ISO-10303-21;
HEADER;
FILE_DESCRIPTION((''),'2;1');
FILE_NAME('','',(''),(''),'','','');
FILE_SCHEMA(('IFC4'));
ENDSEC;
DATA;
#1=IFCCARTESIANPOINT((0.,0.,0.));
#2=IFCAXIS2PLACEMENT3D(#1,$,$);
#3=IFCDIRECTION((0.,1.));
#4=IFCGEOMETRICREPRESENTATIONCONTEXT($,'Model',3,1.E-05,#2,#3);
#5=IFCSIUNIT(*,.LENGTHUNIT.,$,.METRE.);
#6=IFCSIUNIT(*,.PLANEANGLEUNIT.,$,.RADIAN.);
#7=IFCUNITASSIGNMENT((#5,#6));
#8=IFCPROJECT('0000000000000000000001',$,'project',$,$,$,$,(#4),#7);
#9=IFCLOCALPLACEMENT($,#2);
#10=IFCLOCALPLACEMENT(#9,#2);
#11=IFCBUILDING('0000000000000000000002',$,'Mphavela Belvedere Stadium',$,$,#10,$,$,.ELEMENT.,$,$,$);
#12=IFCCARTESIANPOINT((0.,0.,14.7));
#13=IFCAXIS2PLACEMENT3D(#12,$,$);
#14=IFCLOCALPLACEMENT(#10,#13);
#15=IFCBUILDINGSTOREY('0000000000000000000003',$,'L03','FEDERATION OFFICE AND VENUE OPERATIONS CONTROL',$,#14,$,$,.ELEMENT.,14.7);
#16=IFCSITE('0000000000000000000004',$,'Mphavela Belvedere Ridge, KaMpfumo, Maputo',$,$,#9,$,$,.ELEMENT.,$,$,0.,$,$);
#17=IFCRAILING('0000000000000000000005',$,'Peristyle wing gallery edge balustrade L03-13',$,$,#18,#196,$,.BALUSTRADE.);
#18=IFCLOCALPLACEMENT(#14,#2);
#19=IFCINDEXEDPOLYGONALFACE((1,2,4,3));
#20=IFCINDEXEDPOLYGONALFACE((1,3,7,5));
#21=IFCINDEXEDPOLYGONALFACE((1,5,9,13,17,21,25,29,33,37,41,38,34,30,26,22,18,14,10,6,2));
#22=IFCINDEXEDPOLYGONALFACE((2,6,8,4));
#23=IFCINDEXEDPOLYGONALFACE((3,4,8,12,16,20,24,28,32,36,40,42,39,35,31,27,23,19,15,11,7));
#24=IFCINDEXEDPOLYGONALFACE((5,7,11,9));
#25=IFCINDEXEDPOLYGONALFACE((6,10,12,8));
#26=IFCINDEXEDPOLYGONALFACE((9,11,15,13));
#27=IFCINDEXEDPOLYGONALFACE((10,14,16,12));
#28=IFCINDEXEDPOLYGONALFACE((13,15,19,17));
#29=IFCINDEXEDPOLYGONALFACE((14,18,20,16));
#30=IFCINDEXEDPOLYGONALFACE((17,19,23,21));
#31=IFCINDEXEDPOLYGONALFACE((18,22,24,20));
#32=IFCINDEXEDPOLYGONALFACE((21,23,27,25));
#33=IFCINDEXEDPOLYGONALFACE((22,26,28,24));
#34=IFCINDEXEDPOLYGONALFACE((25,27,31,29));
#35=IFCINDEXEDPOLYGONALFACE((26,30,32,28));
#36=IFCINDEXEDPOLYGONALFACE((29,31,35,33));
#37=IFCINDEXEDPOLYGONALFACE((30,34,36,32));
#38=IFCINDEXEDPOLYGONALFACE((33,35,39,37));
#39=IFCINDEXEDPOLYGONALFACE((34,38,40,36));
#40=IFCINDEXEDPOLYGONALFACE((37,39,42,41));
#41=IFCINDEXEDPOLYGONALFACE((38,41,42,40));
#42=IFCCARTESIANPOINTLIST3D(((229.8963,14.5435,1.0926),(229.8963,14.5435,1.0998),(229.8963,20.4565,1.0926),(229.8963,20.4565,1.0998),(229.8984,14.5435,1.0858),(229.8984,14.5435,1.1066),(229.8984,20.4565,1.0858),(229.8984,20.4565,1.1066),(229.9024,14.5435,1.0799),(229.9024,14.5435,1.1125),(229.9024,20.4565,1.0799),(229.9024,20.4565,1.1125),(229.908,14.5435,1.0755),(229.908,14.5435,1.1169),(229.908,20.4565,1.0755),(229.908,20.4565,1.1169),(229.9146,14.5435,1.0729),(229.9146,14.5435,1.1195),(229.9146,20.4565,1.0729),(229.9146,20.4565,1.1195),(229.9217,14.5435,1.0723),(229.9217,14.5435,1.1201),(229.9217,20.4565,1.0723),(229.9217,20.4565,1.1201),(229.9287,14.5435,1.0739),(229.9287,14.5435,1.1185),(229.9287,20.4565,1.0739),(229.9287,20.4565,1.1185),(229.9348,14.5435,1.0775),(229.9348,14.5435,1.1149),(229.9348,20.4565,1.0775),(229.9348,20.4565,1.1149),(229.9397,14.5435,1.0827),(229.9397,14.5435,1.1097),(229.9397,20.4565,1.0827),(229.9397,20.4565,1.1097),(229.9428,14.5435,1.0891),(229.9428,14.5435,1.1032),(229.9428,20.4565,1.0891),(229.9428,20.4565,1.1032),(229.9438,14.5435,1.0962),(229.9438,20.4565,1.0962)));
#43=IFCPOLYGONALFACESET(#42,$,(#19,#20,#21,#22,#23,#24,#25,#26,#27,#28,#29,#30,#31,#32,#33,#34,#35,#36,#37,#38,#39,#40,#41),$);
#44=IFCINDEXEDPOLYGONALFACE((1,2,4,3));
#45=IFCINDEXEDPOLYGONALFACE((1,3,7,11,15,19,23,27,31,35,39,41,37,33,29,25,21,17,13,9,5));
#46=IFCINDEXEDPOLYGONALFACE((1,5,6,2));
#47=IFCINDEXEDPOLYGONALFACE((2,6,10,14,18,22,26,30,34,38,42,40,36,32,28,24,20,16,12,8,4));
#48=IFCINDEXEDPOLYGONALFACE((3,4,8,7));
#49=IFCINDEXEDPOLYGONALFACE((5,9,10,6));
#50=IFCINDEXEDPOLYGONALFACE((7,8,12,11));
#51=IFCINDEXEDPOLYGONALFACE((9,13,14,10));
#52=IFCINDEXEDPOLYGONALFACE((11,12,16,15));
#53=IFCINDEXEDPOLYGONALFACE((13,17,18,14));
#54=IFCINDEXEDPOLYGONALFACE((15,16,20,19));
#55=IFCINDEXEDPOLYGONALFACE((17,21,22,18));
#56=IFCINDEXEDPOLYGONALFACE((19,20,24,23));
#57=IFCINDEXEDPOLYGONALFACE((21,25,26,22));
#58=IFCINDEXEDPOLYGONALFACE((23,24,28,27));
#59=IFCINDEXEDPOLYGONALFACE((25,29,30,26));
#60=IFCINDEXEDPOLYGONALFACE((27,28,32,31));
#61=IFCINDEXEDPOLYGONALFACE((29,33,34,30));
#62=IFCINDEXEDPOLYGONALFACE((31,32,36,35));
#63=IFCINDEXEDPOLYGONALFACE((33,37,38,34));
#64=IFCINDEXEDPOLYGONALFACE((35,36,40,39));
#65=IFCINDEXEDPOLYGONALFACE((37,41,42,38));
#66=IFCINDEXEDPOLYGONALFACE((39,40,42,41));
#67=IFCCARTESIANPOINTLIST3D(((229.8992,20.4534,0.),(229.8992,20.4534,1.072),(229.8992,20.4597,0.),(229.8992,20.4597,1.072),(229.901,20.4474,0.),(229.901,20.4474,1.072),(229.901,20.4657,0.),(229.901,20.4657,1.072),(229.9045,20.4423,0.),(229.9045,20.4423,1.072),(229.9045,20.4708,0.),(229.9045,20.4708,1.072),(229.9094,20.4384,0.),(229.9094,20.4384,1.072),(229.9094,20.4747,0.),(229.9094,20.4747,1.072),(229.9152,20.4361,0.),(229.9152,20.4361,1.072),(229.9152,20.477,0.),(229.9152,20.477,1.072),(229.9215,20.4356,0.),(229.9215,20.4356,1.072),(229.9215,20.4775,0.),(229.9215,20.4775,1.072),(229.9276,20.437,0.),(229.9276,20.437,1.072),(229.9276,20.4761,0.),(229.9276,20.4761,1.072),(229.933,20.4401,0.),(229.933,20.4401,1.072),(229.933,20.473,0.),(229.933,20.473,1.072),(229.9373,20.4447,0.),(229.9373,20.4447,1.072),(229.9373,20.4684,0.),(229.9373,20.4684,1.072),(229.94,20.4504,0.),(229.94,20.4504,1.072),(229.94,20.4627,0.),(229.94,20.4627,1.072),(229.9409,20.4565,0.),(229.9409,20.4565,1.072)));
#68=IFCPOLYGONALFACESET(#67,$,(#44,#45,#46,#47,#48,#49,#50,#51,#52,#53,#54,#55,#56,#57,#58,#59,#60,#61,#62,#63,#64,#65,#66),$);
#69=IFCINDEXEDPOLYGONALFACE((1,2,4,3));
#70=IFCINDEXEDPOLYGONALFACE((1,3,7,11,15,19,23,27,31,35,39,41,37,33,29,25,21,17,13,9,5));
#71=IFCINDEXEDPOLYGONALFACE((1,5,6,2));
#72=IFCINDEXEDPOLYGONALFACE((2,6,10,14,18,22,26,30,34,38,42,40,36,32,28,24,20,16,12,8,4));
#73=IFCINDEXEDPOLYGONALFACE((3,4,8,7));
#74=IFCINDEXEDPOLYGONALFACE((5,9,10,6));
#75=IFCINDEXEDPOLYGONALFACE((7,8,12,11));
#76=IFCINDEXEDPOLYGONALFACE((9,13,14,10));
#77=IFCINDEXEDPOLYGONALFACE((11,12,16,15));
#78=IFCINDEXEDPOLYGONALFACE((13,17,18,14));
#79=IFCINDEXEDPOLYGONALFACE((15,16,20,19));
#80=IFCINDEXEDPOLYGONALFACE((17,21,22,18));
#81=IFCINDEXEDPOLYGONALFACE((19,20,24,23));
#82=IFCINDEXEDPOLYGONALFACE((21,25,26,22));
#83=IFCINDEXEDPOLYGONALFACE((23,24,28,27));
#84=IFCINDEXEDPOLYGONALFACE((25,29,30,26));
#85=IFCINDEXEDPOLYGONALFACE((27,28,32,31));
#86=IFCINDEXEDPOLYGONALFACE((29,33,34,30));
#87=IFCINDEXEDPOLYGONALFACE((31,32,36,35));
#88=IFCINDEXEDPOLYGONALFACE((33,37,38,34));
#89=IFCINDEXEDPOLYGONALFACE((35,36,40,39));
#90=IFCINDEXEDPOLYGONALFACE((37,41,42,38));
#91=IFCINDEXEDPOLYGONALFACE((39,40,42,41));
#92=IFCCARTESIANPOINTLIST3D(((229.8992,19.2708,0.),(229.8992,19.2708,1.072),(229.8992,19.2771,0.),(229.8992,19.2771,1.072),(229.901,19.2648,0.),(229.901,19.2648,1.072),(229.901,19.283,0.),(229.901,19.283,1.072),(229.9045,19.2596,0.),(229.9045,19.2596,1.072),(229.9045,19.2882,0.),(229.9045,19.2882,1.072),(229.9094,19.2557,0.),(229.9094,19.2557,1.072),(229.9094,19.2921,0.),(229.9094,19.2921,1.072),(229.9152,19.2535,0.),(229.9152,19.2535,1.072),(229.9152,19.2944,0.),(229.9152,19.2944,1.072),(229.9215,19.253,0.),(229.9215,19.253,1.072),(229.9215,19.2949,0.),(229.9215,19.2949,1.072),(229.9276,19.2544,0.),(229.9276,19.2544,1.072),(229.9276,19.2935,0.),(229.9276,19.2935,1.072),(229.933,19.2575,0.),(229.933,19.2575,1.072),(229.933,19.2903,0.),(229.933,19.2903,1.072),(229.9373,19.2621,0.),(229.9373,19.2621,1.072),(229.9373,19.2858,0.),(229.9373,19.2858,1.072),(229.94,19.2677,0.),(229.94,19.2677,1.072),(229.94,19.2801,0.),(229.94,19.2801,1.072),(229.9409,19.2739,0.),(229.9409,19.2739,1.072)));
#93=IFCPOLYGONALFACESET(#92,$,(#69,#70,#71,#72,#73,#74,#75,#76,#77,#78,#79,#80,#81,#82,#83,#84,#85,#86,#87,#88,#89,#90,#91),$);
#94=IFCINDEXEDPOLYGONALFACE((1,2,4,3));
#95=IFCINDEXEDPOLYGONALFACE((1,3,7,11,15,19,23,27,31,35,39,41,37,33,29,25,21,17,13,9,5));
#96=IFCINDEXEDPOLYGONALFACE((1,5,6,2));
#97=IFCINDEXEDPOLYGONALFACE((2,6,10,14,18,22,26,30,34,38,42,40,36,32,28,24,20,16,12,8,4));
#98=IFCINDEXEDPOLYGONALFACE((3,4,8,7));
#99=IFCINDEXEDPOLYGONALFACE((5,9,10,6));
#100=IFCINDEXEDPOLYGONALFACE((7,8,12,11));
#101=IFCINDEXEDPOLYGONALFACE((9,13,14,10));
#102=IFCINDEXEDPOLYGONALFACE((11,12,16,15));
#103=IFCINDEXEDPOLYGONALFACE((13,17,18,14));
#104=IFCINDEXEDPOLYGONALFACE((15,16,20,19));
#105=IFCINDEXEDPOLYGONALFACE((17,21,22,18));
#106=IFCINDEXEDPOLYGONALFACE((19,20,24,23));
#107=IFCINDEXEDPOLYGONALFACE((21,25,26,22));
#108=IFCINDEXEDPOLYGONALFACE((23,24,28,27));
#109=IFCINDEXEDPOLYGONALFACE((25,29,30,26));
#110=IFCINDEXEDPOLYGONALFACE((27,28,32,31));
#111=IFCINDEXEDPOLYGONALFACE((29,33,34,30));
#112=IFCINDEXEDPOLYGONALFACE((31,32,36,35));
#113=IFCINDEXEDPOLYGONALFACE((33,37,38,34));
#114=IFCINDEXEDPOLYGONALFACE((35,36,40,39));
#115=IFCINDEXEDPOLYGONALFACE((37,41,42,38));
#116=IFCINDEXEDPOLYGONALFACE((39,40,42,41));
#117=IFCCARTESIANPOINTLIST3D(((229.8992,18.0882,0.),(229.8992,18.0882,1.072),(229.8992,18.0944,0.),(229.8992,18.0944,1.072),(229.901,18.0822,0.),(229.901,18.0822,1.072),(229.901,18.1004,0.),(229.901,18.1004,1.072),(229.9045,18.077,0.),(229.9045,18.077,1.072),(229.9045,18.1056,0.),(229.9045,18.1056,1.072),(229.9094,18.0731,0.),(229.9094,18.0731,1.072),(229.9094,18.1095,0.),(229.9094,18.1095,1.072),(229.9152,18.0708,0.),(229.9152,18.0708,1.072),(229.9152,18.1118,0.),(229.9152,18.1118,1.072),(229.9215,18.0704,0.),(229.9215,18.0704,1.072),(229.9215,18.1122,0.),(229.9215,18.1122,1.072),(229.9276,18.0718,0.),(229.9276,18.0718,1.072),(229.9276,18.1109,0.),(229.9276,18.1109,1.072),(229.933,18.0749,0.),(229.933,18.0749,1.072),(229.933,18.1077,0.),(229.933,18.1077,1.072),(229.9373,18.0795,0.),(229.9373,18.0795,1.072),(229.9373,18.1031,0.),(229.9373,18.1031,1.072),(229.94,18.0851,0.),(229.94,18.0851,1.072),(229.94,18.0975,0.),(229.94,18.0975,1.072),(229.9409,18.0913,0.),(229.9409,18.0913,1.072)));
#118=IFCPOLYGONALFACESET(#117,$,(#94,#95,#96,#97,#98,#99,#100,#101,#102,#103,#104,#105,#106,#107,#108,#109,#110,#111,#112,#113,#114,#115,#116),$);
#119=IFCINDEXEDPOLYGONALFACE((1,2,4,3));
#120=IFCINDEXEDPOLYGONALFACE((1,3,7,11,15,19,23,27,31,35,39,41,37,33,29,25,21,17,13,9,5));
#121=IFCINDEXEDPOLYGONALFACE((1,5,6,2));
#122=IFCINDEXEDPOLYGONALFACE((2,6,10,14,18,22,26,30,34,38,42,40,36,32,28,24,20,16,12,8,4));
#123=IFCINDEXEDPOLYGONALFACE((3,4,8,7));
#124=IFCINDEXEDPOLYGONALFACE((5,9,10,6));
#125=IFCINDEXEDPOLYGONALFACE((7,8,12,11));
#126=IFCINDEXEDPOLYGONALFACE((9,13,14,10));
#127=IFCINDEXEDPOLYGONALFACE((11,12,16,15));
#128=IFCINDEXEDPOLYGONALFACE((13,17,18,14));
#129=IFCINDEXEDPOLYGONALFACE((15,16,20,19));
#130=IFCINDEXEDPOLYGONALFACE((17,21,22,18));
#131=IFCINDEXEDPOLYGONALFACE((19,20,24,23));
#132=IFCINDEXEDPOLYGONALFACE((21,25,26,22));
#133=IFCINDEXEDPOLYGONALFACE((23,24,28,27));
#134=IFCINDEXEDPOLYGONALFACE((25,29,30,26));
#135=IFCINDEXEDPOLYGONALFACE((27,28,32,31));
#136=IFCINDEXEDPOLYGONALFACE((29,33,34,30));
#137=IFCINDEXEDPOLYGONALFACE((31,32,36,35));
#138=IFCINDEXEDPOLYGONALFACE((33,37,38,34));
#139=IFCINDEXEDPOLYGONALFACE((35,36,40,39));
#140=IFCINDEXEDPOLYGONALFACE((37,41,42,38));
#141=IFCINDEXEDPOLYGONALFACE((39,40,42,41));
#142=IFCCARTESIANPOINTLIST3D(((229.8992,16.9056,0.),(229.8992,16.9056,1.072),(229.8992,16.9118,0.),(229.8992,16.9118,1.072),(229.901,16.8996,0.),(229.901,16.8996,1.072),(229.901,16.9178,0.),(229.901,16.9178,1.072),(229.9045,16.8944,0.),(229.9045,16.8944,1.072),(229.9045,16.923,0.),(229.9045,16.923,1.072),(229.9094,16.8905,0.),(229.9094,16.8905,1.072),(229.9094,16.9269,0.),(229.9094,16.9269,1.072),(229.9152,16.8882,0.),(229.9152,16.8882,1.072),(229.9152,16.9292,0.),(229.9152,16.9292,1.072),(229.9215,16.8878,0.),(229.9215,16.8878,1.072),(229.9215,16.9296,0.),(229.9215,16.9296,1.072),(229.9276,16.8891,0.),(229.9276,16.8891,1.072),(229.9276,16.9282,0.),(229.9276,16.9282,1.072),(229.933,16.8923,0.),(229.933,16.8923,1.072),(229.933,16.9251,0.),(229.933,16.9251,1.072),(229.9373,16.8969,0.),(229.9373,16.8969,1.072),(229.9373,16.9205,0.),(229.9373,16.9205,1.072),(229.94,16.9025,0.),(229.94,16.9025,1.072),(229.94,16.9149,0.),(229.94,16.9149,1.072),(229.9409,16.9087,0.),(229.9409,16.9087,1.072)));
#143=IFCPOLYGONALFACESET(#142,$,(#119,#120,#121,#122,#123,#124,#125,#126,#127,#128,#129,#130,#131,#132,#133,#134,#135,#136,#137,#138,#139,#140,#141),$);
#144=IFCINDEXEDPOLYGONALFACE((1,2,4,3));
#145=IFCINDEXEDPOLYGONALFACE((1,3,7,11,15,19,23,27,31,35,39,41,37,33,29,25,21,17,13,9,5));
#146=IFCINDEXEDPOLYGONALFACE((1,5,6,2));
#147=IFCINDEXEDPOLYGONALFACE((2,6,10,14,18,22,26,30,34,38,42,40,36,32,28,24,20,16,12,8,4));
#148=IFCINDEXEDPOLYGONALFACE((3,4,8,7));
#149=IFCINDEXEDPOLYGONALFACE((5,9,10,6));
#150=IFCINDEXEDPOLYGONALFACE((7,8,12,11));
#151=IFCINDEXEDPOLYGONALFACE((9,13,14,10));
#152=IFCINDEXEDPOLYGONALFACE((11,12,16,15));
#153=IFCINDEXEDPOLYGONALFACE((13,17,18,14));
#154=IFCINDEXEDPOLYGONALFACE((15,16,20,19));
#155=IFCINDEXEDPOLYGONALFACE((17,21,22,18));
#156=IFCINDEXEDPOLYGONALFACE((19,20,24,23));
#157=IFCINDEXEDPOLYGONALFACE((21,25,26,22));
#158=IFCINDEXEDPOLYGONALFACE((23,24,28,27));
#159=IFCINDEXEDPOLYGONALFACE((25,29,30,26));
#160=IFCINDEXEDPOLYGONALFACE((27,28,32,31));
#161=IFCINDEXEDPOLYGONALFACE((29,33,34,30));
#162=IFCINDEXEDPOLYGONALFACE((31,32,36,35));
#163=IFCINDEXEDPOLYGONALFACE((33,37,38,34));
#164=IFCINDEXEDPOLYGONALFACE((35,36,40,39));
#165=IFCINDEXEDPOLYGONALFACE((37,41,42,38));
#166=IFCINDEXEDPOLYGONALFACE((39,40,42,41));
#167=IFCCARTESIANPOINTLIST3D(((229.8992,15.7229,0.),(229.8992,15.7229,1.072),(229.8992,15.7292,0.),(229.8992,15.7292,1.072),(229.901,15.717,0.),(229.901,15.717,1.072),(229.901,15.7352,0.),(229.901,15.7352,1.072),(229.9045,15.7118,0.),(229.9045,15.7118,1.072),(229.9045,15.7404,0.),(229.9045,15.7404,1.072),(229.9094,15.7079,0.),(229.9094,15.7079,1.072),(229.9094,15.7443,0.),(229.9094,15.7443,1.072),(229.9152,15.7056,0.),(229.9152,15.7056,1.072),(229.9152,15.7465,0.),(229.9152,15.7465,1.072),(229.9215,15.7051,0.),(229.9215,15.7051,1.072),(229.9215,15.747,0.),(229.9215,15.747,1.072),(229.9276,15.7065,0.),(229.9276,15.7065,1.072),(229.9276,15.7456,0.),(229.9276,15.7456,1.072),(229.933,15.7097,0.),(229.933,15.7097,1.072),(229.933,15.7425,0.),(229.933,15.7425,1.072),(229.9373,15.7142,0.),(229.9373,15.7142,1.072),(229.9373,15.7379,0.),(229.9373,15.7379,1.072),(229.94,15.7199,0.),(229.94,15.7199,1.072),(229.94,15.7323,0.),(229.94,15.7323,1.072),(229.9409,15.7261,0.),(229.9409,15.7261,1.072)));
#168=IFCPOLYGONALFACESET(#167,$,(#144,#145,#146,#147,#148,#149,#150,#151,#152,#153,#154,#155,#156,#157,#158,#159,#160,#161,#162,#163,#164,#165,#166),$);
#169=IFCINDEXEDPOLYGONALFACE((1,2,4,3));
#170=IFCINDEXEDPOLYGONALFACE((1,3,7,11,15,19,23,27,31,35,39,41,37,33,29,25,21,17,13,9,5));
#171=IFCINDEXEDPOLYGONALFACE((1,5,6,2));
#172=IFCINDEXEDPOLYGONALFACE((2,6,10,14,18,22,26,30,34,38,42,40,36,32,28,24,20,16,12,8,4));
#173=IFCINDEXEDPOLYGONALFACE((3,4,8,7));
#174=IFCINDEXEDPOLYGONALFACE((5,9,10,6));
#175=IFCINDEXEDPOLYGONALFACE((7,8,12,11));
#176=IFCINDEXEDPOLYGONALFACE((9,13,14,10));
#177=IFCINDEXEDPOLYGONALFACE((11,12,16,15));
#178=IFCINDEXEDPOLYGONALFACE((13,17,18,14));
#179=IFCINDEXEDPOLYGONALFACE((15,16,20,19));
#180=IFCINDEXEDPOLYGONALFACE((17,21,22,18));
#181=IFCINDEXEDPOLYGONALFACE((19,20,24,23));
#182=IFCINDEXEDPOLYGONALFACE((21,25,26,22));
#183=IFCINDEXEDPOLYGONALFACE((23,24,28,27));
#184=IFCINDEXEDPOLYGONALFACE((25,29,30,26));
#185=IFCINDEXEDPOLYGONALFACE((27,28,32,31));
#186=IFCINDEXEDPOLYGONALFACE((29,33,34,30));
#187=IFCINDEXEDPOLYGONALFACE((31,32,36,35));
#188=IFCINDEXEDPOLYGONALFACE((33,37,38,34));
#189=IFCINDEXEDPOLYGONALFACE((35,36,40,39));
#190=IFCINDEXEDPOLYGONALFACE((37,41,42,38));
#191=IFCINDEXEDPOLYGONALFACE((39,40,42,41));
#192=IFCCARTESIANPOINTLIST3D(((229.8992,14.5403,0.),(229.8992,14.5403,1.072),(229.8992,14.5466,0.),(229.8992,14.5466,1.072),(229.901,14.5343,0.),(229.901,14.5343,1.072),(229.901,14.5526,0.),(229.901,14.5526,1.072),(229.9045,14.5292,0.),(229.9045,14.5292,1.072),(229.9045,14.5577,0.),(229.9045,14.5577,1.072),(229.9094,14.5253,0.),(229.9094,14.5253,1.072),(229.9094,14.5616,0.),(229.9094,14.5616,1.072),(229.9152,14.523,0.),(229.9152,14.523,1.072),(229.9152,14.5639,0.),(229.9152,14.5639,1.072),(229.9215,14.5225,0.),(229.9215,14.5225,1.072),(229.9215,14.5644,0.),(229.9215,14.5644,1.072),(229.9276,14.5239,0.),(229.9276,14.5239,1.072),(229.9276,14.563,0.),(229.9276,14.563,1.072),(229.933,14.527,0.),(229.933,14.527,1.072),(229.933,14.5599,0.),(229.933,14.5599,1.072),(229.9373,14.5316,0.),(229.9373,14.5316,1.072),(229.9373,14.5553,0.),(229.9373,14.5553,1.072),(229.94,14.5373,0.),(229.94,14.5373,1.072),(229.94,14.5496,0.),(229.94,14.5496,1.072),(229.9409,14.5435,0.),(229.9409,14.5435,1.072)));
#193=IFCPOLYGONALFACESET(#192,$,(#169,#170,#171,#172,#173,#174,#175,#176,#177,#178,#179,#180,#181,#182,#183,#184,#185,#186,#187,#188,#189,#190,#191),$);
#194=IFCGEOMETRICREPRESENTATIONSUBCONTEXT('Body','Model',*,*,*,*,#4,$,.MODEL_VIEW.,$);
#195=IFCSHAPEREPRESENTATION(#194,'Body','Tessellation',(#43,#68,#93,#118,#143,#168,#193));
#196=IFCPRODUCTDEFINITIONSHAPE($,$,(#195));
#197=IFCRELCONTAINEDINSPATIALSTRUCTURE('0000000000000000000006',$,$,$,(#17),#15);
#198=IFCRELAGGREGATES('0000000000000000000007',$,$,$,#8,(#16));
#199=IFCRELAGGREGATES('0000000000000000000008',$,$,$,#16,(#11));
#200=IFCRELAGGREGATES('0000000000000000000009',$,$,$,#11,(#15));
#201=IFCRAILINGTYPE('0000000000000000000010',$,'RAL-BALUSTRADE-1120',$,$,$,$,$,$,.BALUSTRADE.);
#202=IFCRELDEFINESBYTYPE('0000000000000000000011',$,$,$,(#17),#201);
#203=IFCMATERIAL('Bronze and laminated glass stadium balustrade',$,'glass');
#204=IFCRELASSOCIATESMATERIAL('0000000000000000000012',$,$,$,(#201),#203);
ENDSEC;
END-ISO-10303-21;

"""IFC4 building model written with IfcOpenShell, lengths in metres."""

from ifc_helpers import new_model, si_unit, direction, frame, origin, origin_2d, place, context, subcontext, project, spatial, circle, extrude, material, type_object, element, save


model = new_model("IFC4")

# Units and contexts
model_context = context("Model", 3, precision=1e-05, world=origin(), true_north=direction((0.0, 1.0)))
body_context = subcontext(model_context, "Body", "Model", "MODEL_VIEW")
ifc_project = project(units=[si_unit("LENGTHUNIT", "METRE"), si_unit("PLANEANGLEUNIT", "RADIAN")], contexts=[model_context])

# Site, building, storey
site_placement = place(None, origin())
site = spatial("IfcSite", under=ifc_project, at=site_placement, Name="Mphavela Belvedere Ridge, KaMpfumo, Maputo", CompositionType="ELEMENT", RefElevation=0.0)
building_placement = place(site_placement, origin())
building = spatial("IfcBuilding", under=site, at=building_placement, Name="Mphavela Belvedere Stadium", CompositionType="ELEMENT")
storey_placement = place(building_placement, frame((0.0, 0.0, 14.7)))
storey = spatial("IfcBuildingStorey", under=building, at=storey_placement, Name="L03", Description="FEDERATION OFFICE AND VENUE OPERATIONS CONTROL", CompositionType="ELEMENT", Elevation=14.7)

# Railing
ifc_material_1 = material(Name="Bronze and laminated glass stadium balustrade", Category="glass")
railing_type = type_object("IfcRailingType", Name="RAL-BALUSTRADE-1120", PredefinedType="BALUSTRADE", material=ifc_material_1)
for number, where, name in (
    (1, (229.9199, 20.4565, 0.0), "Peristyle wing gallery edge balustrade L03-13"),
):
    element("IfcRailing", number, at=place(storey_placement, frame(where)), inside=storey, type_object=railing_type, Name=name, PredefinedType="BALUSTRADE", context=body_context, shape_type="SweptSolid", body=[
        extrude(circle(Radius=0.0239, at=origin_2d()), frame((0.0, 0.0, 1.0962), z_axis=(0.0, -1.0, 0.0), x_axis=(1.0, 0.0, 0.0)), (0.0, 0.0, 1.0), 5.9131),
        extrude(circle(Radius=0.021, at=origin_2d()), origin(), (0.0, 0.0, 1.0), 1.072),
        extrude(circle(Radius=0.021, at=origin_2d()), frame((0.0, -1.1826, 0.0)), (0.0, 0.0, 1.0), 1.072),
        extrude(circle(Radius=0.021, at=origin_2d()), frame((0.0, -2.3652, 0.0)), (0.0, 0.0, 1.0), 1.072),
        extrude(circle(Radius=0.021, at=origin_2d()), frame((0.0, -3.5479, 0.0)), (0.0, 0.0, 1.0), 1.072),
        extrude(circle(Radius=0.021, at=origin_2d()), frame((0.0, -4.7305, 0.0)), (0.0, 0.0, 1.0), 1.072),
        extrude(circle(Radius=0.021, at=origin_2d()), frame((0.0, -5.9131, 0.0)), (0.0, 0.0, 1.0), 1.072),
    ])

save(model, "model.ifc")
